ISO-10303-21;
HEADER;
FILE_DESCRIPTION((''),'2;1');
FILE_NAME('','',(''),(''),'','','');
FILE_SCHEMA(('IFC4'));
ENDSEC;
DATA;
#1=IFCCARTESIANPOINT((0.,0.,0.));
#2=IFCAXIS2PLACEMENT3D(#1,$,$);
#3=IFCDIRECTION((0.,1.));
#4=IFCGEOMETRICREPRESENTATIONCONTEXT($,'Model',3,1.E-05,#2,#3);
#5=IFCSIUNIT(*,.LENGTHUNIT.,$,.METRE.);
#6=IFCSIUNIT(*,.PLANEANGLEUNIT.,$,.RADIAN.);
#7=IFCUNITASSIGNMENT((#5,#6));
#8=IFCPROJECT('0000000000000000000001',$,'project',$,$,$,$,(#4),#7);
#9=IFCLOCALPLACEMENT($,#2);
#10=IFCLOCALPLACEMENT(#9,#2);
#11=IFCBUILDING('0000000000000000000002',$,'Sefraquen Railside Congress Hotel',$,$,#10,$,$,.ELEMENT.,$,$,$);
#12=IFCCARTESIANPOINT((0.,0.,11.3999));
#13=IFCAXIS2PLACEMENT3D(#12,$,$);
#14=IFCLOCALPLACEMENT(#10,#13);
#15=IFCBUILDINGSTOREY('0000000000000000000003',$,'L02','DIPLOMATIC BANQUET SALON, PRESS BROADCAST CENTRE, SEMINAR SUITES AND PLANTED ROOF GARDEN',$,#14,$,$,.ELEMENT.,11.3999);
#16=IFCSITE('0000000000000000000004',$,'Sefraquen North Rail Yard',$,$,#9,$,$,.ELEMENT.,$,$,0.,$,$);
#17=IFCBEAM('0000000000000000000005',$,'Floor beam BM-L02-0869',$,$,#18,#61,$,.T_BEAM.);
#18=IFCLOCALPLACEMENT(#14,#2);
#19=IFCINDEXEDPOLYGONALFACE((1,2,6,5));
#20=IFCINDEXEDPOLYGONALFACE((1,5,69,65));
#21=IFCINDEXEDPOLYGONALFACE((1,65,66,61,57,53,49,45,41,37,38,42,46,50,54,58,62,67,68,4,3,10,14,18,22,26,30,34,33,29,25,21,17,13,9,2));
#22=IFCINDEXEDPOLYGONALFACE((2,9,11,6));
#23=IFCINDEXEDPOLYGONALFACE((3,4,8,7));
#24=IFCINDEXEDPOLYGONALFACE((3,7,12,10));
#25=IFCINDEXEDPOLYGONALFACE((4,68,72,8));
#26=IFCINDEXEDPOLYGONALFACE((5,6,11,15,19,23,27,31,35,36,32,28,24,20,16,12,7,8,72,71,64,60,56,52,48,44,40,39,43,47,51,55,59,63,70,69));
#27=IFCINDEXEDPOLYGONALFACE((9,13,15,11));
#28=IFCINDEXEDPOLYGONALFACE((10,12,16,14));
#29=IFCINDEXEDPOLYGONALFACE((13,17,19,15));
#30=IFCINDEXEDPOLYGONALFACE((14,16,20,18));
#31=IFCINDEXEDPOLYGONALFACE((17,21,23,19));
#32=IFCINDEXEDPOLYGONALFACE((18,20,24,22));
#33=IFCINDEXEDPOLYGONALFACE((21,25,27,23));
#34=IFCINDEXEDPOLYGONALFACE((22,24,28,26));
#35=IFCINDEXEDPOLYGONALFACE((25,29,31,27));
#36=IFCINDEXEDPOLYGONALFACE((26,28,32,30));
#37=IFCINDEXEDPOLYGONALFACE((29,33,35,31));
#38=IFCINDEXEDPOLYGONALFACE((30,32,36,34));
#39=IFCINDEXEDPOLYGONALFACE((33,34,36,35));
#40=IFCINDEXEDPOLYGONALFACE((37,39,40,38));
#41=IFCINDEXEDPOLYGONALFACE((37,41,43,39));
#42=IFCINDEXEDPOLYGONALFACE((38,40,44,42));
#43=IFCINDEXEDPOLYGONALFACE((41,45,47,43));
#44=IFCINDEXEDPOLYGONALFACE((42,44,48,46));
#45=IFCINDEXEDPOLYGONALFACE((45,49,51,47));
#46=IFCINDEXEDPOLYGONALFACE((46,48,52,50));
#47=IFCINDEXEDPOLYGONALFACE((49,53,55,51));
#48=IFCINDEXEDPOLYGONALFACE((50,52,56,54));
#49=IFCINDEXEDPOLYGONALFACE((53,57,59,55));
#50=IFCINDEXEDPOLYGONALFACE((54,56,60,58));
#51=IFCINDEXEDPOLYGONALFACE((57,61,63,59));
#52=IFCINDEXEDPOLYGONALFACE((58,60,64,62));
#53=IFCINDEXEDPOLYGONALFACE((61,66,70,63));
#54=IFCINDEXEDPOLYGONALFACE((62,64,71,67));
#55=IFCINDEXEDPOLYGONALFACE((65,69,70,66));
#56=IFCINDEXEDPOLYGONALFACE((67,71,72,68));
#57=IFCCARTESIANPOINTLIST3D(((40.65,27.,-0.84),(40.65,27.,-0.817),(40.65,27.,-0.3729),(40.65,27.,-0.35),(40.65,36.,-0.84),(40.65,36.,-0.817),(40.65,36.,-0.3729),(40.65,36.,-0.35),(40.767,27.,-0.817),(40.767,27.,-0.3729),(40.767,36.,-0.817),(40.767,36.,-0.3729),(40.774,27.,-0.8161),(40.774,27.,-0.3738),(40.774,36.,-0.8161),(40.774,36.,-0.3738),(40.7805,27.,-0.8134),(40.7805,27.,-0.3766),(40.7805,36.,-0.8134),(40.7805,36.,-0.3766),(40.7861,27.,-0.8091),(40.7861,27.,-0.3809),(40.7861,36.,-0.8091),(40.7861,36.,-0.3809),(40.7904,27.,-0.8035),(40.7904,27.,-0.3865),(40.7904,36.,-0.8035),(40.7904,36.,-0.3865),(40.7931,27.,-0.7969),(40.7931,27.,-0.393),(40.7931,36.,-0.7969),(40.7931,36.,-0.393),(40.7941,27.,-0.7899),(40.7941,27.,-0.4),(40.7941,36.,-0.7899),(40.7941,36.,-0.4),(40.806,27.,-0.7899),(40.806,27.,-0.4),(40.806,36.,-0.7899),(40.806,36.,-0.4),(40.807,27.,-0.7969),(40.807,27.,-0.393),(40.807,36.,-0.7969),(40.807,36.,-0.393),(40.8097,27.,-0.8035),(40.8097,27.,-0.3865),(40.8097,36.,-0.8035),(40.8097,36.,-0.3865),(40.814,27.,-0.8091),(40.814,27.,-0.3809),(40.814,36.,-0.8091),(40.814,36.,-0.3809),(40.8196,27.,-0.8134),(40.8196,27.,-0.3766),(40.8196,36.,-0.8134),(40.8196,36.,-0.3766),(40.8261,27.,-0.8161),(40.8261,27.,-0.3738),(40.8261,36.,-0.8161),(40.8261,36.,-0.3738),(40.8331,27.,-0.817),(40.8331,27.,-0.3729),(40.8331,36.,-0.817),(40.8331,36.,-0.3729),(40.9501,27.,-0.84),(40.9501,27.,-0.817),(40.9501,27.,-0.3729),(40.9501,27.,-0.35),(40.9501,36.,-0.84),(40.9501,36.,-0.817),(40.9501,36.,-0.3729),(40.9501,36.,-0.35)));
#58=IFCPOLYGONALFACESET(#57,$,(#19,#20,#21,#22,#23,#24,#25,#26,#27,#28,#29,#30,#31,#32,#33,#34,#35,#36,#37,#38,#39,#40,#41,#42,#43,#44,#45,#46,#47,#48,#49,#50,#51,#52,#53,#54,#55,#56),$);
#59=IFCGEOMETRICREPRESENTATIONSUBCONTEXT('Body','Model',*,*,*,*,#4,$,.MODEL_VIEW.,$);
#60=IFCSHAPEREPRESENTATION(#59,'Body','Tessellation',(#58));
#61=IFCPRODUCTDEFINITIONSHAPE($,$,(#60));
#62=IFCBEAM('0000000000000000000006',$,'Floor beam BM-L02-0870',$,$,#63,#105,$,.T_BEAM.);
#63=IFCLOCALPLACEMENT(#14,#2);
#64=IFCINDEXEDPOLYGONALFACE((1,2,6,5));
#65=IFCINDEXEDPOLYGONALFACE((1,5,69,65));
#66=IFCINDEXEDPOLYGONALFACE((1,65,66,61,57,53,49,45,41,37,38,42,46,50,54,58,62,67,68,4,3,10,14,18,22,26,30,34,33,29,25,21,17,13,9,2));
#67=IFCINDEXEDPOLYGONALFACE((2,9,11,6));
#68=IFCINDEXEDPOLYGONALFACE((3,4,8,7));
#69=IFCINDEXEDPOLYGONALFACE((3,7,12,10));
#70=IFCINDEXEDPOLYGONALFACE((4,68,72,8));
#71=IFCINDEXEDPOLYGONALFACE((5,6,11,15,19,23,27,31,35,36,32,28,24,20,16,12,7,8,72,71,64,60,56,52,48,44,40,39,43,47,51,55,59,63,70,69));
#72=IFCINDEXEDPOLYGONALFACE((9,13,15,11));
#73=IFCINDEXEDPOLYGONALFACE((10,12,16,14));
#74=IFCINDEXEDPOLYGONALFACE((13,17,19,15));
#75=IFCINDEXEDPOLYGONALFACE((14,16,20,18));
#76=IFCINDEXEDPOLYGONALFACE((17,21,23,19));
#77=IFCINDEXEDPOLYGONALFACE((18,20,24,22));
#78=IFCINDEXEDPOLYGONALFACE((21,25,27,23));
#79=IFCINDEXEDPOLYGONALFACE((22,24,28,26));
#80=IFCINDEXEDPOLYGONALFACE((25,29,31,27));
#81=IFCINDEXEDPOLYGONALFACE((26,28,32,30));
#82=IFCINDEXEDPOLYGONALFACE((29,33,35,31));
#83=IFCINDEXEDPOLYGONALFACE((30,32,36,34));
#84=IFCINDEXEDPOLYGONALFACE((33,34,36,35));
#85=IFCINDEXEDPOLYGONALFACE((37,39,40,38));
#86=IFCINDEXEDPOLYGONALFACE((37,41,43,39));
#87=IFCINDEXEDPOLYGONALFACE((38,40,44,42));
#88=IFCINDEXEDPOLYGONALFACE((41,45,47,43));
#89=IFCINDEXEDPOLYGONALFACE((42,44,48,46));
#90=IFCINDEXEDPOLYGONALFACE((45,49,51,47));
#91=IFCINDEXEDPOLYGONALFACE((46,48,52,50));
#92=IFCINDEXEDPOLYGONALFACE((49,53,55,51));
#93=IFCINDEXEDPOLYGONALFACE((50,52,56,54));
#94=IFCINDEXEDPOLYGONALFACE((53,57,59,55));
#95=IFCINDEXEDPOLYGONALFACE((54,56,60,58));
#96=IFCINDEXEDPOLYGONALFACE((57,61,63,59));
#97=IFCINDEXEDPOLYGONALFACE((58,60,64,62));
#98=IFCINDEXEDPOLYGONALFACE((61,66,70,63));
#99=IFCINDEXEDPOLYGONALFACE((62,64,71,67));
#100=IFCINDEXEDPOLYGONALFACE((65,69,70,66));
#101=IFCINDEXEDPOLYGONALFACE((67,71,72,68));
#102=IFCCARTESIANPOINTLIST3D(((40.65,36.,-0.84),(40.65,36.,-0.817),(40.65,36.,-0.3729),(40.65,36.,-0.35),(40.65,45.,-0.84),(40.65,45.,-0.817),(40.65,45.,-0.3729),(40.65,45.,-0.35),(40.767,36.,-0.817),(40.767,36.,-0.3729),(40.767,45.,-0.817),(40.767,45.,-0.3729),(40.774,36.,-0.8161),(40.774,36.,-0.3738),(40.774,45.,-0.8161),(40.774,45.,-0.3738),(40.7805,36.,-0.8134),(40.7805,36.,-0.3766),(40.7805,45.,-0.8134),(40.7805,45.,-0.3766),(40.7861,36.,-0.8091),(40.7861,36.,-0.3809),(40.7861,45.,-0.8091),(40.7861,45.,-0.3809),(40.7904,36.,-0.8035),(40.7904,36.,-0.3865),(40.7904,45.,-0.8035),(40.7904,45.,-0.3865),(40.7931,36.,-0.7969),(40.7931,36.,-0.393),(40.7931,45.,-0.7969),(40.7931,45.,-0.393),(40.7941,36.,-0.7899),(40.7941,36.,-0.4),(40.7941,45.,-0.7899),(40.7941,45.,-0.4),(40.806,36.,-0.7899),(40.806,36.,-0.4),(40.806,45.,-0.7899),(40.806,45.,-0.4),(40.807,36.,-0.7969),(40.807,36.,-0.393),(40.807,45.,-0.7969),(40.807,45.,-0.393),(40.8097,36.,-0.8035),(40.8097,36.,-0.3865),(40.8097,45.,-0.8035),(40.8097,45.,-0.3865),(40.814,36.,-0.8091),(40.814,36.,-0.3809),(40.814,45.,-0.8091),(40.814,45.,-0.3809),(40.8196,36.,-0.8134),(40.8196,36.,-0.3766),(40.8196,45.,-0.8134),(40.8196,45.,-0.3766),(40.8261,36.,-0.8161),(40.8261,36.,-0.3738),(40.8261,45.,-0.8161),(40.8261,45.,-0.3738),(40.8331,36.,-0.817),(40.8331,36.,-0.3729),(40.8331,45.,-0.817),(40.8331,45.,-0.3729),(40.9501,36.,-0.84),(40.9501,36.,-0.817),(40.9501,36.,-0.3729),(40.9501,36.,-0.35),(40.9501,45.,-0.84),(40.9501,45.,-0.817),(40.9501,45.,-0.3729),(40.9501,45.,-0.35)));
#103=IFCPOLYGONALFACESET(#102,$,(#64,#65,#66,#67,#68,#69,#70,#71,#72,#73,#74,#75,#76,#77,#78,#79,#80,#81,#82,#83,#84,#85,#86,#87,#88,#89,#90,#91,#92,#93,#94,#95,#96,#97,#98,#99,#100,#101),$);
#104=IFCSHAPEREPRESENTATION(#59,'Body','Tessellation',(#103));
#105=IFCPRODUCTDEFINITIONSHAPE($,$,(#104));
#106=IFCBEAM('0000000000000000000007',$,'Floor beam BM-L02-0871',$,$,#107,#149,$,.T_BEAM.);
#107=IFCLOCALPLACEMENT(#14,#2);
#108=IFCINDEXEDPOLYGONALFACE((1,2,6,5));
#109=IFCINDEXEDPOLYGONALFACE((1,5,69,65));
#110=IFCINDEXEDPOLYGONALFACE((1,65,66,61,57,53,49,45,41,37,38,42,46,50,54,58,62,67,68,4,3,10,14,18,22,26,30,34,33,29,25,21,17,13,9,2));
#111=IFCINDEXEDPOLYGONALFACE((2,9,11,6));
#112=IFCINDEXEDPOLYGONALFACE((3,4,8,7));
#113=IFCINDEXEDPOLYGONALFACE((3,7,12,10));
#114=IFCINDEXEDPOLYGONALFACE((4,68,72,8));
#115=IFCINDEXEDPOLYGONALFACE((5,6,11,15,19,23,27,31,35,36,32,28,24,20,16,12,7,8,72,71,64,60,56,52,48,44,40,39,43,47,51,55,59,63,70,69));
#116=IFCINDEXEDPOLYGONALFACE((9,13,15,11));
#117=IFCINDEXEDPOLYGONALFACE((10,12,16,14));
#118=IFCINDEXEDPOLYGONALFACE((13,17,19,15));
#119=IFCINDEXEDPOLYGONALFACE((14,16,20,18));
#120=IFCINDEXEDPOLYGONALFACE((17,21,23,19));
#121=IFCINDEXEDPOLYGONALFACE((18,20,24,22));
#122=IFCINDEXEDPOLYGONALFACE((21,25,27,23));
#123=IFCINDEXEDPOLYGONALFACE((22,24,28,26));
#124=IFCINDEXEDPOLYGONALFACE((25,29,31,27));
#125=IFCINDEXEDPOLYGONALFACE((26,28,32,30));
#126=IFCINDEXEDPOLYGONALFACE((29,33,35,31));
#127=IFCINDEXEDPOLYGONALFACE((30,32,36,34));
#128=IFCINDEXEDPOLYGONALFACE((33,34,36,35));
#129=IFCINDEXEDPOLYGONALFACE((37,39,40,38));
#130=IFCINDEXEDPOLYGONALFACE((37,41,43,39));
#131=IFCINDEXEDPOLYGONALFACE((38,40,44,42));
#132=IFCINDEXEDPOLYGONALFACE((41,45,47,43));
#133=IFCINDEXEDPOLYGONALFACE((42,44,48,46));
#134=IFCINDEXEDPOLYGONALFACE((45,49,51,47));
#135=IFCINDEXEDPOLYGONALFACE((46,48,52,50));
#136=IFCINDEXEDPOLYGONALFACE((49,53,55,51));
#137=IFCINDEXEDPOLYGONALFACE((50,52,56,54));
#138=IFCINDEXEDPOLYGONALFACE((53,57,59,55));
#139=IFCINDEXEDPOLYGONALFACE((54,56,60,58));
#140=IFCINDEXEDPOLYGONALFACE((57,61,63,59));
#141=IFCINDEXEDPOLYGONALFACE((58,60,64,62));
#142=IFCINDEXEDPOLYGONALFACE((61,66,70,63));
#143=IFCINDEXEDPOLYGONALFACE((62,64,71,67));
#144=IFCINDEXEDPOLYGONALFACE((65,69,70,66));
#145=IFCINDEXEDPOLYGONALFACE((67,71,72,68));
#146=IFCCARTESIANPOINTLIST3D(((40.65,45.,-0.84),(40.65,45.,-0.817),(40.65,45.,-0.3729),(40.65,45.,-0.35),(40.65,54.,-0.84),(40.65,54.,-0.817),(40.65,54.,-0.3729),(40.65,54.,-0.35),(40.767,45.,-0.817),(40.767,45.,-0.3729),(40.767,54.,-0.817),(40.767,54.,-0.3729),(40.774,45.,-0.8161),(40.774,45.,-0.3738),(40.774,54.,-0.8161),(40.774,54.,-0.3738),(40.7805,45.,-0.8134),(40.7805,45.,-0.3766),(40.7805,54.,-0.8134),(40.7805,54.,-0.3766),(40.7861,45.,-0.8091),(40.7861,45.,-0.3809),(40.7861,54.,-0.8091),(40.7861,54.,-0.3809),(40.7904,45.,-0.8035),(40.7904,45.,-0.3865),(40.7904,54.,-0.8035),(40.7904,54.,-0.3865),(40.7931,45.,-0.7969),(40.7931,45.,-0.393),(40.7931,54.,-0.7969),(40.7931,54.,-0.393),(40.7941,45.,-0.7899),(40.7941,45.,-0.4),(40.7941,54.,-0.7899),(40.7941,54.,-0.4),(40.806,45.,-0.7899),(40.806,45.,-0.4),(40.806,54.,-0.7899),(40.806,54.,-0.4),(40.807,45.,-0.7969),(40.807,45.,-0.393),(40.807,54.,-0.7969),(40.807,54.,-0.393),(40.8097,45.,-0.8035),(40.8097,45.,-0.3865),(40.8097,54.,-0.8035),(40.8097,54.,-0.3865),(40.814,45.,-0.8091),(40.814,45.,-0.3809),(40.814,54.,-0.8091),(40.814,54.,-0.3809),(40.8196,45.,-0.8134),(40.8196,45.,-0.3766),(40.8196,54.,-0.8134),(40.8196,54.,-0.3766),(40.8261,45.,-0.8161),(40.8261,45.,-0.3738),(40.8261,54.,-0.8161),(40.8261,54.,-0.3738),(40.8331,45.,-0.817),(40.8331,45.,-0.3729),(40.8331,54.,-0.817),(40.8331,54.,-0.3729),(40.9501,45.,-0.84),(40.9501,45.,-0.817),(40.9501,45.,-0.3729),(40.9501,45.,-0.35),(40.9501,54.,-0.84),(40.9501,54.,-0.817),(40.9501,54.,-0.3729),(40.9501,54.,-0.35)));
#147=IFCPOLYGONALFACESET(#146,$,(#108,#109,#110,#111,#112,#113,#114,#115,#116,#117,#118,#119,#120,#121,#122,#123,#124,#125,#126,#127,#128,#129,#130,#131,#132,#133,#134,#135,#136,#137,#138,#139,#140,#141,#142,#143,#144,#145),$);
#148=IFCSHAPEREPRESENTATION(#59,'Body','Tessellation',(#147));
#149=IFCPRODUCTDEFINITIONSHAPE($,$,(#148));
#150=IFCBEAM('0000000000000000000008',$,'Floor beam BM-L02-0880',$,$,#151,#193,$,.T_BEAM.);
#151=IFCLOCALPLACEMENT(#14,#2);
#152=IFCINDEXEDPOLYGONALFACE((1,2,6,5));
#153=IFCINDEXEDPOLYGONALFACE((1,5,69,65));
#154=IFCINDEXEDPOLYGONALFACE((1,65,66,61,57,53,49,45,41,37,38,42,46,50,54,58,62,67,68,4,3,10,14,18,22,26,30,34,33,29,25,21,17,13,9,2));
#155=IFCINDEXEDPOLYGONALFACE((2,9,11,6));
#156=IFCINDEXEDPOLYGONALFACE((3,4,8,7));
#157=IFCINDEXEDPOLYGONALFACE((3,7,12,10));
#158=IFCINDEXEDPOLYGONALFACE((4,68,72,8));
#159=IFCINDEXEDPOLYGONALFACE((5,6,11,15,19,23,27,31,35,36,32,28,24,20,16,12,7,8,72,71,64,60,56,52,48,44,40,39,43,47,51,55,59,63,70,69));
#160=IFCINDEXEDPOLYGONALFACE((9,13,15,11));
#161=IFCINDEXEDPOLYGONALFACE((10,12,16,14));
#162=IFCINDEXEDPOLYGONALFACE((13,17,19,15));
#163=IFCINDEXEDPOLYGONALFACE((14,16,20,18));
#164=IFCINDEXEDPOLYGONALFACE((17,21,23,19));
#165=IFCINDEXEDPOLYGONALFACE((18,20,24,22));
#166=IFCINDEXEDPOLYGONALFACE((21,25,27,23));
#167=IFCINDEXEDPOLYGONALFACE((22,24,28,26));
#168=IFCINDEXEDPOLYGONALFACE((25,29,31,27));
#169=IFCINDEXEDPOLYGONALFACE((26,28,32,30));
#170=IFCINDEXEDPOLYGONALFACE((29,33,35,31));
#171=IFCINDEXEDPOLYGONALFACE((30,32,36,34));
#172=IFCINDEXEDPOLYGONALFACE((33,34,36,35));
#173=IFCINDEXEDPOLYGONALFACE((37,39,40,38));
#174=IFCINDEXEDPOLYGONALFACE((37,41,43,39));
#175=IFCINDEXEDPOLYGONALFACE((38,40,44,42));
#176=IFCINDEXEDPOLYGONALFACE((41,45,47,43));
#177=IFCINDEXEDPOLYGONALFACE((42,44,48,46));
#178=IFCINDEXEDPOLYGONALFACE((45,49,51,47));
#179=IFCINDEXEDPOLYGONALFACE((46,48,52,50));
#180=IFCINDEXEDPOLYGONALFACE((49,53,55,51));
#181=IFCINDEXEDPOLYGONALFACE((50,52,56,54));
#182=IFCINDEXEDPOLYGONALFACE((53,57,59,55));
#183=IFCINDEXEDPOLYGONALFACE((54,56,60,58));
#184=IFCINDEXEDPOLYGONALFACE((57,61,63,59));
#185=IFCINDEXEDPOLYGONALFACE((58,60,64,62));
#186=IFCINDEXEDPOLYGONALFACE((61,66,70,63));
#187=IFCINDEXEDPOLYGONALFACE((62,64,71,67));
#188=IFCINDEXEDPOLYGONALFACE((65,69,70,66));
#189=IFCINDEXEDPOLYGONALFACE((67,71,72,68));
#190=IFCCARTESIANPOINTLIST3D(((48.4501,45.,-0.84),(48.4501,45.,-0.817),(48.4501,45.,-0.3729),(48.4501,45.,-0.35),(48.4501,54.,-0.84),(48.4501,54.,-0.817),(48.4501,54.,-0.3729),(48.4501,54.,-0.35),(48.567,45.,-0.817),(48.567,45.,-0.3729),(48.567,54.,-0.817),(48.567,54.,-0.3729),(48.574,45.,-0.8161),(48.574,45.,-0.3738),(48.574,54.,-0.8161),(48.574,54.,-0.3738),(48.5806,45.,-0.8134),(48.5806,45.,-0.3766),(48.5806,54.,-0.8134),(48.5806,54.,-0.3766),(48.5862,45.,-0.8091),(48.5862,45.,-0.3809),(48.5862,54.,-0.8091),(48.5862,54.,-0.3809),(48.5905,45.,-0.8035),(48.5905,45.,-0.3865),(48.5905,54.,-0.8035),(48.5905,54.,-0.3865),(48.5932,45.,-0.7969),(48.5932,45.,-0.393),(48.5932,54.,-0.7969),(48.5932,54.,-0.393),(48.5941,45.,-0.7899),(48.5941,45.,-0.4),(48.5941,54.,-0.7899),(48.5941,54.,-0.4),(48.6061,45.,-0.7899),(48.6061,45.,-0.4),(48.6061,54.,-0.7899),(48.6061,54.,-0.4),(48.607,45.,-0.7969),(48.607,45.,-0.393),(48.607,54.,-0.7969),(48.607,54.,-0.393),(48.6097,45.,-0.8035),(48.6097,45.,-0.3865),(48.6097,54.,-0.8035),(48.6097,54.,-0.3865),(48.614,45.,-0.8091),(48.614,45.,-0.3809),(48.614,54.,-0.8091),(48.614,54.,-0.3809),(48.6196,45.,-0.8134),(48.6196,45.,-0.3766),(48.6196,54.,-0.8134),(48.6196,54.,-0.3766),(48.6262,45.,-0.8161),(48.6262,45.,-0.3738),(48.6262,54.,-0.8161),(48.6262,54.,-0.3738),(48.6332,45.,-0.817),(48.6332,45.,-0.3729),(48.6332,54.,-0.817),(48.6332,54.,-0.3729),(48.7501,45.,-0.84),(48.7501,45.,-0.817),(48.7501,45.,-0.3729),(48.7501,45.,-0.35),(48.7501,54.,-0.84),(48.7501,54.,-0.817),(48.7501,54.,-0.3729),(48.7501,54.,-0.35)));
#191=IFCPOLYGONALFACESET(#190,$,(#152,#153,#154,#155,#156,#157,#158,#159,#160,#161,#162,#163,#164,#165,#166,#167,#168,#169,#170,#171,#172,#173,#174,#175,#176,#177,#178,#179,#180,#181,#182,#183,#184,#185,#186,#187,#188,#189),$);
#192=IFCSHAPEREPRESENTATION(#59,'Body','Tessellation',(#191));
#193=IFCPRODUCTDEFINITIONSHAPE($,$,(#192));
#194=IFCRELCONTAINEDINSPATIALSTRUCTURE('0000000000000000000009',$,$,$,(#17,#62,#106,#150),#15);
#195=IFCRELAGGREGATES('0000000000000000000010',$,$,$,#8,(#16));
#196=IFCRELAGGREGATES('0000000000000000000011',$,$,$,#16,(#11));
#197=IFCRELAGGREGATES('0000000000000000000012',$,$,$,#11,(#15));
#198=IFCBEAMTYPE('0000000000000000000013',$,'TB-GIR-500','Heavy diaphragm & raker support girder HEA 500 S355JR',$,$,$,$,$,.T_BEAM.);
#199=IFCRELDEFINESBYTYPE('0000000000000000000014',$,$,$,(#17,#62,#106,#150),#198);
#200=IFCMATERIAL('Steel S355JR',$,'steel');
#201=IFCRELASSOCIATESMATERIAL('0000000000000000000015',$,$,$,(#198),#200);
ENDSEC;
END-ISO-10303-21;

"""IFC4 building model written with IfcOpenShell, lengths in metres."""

from ifc_helpers import new_model, si_unit, direction, frame, origin, origin_2d, place, context, subcontext, project, spatial, i_section, extrude, material, material_profile, profile_set, type_object, element, save


model = new_model("IFC4")

# Units and contexts
model_context = context("Model", 3, precision=1e-05, world=origin(), true_north=direction((0.0, 1.0)))
body_context = subcontext(model_context, "Body", "Model", "MODEL_VIEW")
ifc_project = project(units=[si_unit("LENGTHUNIT", "METRE"), si_unit("PLANEANGLEUNIT", "RADIAN")], contexts=[model_context])

# Site, building, storey
site_placement = place(None, origin())
site = spatial("IfcSite", under=ifc_project, at=site_placement, Name="Sefraquen North Rail Yard", CompositionType="ELEMENT", RefElevation=0.0)
building_placement = place(site_placement, origin())
building = spatial("IfcBuilding", under=site, at=building_placement, Name="Sefraquen Railside Congress Hotel", CompositionType="ELEMENT")
storey_placement = place(building_placement, frame((0.0, 0.0, 11.3999)))
storey = spatial("IfcBuildingStorey", under=building, at=storey_placement, Name="L02", Description="DIPLOMATIC BANQUET SALON, PRESS BROADCAST CENTRE, SEMINAR SUITES AND PLANTED ROOF GARDEN", CompositionType="ELEMENT", Elevation=11.3999)

# Shared definitions
ifc_material_1 = material(Name="Steel S355JR", Category="steel")

# Beams
ifc_material_profile_1 = material_profile(ifc_material_1, i_section(OverallWidth=0.3, OverallDepth=0.49, WebThickness=0.012, FlangeThickness=0.0229, FilletRadius=0.0271, at=origin_2d()), Name="HEA 500")
ifc_profile_set_1 = profile_set([ifc_material_profile_1], Name="Steel S355JR")
beam_type_1 = type_object("IfcBeamType", Name="TB-GIR-500", Description="Heavy diaphragm & raker support girder HEA 500 S355JR", PredefinedType="T_BEAM", material=ifc_profile_set_1)
for number, where, z_axis, x_axis, name in (
    (1, (40.8, 27.0, -0.595), (0.0, 1.0, 0.0), (-1.0, 0.0, 0.0), "Floor beam BM-L02-0869"),
    (2, (40.8, 36.0, -0.595), (0.0, 1.0, 0.0), (-1.0, 0.0, 0.0), "Floor beam BM-L02-0870"),
    (3, (40.8, 45.0, -0.595), (0.0, 1.0, 0.0), (-1.0, 0.0, 0.0), "Floor beam BM-L02-0871"),
    (4, (48.6001, 45.0, -0.595), (0.0, 1.0, 0.0), (-1.0, 0.0, 0.0), "Floor beam BM-L02-0880"),
):
    element("IfcBeam", number, at=place(storey_placement, frame(where, z_axis=z_axis, x_axis=x_axis)), inside=storey, type_object=beam_type_1, Name=name, PredefinedType="T_BEAM", context=body_context, shape_type="SweptSolid", body=[
        extrude(i_section(OverallWidth=0.3, OverallDepth=0.49, WebThickness=0.012, FlangeThickness=0.0229, FilletRadius=0.0271, at=origin_2d()), origin(), (0.0, 0.0, 1.0), 9.0),
    ])

save(model, "model.ifc")
